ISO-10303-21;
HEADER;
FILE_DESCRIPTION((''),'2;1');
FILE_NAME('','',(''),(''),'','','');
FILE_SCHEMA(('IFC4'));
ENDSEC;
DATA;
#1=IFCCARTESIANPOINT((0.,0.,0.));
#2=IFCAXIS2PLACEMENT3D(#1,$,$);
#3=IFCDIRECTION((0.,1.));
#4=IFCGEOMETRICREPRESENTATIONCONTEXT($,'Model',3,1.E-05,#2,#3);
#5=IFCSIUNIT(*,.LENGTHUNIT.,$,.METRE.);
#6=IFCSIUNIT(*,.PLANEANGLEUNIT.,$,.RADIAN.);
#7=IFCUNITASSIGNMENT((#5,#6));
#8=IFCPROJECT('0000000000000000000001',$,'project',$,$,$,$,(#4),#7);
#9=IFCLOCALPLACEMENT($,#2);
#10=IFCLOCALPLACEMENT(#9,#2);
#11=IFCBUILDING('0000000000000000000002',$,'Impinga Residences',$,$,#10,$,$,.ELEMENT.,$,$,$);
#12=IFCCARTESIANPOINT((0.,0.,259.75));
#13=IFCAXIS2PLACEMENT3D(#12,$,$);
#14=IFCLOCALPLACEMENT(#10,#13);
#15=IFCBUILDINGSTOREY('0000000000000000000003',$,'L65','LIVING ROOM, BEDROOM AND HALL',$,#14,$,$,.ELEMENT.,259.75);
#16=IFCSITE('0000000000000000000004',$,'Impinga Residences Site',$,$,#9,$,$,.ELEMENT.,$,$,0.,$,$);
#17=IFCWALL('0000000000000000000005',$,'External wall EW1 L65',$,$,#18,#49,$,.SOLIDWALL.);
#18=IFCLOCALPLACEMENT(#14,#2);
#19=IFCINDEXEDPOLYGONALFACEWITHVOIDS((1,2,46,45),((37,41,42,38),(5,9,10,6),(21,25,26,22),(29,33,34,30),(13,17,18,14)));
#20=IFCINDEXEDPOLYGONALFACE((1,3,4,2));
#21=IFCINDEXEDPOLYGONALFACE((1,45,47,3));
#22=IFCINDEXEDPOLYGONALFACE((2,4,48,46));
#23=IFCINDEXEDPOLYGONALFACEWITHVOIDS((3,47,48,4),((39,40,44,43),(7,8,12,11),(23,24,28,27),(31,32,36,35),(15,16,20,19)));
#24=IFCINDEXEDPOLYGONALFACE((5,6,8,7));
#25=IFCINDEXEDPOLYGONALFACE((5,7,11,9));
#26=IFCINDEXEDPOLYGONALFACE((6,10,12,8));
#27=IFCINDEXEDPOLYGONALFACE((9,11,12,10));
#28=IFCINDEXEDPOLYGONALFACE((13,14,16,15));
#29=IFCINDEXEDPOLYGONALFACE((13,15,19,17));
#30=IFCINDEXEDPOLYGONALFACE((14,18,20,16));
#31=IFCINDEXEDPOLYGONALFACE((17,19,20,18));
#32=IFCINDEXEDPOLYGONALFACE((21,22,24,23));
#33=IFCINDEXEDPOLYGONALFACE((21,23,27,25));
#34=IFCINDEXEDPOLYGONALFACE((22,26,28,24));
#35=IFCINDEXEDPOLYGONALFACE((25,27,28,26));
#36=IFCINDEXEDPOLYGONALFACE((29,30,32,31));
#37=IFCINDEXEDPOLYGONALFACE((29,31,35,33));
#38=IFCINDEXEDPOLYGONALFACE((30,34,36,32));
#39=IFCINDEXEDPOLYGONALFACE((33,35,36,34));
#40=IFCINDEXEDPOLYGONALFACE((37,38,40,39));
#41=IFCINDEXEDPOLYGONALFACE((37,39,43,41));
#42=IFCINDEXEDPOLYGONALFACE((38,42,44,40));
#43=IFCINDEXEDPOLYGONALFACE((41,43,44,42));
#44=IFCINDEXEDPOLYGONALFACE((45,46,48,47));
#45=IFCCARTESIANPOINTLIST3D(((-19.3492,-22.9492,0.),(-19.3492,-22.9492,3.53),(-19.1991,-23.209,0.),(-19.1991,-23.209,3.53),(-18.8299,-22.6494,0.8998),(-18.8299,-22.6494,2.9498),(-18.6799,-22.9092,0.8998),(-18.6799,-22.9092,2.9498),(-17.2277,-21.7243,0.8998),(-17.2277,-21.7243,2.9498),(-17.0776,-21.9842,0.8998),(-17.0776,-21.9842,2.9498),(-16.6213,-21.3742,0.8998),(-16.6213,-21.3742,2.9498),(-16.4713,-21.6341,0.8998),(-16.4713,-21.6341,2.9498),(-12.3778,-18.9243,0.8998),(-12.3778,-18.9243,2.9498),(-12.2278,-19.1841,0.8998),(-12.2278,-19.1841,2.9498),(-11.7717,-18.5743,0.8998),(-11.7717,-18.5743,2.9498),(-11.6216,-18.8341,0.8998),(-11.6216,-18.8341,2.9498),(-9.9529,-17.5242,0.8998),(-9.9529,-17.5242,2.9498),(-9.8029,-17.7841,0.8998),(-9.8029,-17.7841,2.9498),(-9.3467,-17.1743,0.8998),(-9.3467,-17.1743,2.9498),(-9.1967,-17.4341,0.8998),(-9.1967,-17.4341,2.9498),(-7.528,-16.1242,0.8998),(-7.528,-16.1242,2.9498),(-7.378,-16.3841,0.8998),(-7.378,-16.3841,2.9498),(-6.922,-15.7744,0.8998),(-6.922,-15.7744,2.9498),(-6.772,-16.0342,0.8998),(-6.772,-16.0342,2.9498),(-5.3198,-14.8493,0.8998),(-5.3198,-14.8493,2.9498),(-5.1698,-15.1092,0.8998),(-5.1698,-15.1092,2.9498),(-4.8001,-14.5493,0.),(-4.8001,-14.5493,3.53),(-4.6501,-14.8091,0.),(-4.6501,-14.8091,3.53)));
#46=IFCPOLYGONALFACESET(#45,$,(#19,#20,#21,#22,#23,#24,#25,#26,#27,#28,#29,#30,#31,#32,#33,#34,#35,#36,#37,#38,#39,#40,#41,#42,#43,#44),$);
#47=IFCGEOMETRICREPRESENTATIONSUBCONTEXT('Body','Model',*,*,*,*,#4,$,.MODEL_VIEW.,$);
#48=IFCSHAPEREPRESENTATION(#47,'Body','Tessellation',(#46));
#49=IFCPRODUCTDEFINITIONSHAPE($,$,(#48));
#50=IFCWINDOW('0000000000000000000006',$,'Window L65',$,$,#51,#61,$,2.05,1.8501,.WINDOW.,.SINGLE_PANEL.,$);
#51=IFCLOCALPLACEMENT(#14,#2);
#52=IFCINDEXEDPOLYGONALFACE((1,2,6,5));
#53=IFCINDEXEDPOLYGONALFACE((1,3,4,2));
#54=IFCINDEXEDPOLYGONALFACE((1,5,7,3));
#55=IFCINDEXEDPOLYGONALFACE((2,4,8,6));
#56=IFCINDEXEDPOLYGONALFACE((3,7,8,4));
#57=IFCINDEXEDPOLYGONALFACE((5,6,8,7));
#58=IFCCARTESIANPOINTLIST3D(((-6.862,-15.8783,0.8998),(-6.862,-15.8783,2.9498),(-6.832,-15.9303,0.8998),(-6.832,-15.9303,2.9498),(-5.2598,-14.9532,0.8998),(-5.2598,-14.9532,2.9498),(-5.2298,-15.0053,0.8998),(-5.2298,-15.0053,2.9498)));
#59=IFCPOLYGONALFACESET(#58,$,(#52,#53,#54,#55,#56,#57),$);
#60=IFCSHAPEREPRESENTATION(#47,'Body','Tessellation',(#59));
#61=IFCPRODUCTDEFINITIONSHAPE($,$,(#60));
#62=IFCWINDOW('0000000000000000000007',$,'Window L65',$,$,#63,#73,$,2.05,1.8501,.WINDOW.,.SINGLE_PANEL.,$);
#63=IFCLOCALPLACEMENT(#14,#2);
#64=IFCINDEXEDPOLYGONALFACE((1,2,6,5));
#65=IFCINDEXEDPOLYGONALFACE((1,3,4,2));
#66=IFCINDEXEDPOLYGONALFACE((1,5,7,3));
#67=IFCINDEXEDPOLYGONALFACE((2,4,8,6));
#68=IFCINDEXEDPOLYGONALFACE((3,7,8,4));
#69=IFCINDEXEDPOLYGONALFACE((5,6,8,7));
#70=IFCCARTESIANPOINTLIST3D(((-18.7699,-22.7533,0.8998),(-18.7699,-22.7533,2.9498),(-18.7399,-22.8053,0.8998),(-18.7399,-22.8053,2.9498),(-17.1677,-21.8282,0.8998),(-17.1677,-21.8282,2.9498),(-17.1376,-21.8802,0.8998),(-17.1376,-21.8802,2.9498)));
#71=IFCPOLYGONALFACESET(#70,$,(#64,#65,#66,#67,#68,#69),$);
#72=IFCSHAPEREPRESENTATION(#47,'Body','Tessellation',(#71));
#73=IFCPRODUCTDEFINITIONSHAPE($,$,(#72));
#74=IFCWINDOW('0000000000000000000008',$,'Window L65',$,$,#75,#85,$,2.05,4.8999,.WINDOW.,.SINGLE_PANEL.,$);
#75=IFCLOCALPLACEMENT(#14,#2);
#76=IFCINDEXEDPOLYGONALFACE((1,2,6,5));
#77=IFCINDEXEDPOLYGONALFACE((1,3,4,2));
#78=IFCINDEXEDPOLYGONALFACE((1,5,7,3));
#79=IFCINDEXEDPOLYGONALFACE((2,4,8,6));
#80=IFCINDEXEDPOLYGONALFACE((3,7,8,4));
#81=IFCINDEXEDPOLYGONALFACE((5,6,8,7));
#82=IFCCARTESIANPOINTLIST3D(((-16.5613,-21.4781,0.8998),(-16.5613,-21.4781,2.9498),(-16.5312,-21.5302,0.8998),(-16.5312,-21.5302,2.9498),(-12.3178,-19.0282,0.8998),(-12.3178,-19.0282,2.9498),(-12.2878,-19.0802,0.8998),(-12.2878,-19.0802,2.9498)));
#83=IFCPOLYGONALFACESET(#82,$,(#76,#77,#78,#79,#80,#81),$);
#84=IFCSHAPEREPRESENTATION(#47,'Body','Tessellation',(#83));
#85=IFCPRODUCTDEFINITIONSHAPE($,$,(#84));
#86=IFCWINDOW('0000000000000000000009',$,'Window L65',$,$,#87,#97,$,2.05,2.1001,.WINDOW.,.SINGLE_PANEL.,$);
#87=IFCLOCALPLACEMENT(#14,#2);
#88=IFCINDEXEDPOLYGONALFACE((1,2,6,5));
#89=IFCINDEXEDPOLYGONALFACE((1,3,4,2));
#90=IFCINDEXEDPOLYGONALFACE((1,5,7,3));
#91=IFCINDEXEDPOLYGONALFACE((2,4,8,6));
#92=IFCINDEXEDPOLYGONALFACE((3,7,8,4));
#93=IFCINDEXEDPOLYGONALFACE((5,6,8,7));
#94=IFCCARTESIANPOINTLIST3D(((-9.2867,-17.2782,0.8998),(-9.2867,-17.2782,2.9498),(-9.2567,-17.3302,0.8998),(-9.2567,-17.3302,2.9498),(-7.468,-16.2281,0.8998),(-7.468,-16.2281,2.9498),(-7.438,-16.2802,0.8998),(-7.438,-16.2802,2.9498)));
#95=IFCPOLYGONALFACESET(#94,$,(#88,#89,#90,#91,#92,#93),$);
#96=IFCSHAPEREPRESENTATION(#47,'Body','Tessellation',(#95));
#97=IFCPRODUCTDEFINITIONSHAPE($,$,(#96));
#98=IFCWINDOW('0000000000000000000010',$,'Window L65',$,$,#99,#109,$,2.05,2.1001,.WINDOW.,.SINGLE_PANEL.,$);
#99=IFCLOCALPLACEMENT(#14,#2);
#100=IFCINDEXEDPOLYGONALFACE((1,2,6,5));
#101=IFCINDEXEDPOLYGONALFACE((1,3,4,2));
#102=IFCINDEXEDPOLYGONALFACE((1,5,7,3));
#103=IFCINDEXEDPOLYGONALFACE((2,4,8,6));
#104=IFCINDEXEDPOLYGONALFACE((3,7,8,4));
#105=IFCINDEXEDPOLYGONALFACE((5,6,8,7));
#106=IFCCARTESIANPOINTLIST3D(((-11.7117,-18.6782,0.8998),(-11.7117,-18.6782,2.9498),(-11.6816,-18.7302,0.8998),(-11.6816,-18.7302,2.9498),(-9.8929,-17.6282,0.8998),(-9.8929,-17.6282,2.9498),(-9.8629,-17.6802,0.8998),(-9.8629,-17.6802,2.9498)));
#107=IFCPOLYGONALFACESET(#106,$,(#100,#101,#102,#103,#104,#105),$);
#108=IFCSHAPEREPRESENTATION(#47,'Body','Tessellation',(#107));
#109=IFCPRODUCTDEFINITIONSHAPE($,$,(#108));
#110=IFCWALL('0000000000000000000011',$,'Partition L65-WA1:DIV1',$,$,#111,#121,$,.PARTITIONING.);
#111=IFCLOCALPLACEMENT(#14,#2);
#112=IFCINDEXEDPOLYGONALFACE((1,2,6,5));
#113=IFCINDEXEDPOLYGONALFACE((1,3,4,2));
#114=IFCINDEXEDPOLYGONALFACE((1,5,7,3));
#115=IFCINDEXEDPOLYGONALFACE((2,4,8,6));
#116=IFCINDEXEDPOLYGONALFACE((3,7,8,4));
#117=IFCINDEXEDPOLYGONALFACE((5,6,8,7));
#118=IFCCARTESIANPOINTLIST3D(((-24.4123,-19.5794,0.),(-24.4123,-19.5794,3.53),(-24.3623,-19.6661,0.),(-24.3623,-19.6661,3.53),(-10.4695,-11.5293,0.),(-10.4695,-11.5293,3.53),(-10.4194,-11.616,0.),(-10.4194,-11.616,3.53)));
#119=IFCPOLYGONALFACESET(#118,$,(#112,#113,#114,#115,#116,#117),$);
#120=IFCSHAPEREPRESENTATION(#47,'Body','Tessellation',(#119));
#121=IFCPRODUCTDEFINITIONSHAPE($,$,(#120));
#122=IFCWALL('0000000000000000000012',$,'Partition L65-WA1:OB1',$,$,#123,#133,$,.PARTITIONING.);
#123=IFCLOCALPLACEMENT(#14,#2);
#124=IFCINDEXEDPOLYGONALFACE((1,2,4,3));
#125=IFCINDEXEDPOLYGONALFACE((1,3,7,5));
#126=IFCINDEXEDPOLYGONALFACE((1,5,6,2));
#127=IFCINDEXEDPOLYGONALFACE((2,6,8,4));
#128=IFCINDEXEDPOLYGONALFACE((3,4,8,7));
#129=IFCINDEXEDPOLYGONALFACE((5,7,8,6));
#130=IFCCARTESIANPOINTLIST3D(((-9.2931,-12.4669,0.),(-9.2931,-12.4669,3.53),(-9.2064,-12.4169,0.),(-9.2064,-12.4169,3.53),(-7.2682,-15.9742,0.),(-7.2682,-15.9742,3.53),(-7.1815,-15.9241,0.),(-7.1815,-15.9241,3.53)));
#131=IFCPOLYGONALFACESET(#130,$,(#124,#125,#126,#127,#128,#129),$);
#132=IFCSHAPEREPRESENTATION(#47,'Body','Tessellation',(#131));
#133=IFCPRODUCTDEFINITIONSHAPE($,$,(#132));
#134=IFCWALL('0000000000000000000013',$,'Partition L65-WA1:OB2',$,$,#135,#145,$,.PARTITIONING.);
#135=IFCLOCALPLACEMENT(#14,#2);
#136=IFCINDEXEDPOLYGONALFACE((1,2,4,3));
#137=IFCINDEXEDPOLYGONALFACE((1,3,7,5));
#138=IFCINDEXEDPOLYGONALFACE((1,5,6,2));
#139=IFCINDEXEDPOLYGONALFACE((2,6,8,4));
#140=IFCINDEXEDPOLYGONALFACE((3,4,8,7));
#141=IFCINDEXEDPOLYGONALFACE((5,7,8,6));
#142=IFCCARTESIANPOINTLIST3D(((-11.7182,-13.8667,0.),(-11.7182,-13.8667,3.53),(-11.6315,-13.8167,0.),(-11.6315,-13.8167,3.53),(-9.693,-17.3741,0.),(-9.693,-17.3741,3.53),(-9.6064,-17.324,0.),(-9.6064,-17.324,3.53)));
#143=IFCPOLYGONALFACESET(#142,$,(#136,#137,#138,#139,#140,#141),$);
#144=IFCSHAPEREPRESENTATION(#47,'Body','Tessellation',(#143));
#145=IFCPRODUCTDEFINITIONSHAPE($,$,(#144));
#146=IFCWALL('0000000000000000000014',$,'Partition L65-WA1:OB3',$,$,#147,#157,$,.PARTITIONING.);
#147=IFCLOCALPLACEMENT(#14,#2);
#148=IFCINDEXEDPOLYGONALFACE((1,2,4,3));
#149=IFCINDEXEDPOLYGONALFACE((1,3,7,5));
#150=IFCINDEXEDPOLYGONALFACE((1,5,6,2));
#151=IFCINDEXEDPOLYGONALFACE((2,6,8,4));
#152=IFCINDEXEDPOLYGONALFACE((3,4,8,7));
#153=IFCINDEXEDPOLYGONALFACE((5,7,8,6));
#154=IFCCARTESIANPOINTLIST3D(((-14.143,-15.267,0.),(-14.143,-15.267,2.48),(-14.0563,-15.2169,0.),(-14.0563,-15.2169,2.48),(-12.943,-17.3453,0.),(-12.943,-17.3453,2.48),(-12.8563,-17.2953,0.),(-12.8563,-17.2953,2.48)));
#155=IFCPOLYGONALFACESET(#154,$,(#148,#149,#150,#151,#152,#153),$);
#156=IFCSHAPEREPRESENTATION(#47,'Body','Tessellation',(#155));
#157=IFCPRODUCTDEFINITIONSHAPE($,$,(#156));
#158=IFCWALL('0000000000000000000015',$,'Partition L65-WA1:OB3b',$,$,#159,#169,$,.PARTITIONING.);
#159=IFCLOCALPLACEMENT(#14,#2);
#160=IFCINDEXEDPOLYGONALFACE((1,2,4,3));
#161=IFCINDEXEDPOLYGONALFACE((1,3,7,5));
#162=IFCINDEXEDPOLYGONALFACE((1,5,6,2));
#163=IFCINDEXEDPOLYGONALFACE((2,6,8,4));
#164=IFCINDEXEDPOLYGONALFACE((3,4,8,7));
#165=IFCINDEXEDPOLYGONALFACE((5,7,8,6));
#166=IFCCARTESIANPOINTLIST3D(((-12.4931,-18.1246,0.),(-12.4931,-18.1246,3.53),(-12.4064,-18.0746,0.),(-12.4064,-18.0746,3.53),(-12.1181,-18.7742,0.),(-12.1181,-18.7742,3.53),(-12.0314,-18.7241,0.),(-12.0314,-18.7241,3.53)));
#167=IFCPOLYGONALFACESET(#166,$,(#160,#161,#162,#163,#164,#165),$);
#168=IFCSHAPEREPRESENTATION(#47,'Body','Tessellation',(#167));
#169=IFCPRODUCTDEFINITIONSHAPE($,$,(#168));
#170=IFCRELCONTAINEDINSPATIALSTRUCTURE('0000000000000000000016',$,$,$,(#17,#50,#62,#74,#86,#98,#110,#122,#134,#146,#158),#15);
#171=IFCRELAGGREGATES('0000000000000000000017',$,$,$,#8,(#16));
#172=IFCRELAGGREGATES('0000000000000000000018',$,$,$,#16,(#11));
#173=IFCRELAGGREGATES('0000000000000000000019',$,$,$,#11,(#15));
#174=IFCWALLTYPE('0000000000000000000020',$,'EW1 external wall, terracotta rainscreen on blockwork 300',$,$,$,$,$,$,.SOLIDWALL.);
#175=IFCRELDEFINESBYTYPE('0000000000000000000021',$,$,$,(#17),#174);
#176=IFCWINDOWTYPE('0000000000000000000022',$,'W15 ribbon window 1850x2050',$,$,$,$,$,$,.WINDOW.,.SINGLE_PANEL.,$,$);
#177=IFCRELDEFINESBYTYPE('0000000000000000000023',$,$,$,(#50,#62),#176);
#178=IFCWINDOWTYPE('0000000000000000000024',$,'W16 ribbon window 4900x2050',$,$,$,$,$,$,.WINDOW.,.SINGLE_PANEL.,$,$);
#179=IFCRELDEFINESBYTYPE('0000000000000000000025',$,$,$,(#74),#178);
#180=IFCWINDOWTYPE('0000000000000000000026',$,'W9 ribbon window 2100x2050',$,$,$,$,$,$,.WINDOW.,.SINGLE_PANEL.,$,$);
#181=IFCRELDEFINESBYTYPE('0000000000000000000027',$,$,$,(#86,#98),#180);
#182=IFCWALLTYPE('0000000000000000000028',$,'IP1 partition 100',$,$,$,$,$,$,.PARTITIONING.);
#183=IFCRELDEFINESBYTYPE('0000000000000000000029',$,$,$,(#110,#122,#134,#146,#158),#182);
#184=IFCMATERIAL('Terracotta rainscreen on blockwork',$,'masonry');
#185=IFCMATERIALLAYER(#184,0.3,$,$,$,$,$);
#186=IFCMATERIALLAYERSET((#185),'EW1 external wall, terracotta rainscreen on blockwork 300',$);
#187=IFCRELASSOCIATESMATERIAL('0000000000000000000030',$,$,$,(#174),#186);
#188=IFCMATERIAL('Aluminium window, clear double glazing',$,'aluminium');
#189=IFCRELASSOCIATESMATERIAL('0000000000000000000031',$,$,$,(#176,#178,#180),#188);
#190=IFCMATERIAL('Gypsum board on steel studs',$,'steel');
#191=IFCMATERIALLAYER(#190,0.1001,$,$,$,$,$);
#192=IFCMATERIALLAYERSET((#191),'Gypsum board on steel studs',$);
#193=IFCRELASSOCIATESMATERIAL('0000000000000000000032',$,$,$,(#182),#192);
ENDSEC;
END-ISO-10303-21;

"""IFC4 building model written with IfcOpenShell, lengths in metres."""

from ifc_helpers import new_model, si_unit, direction, frame, frame_2d, origin, place, context, subcontext, project, spatial, rectangle, extrude, material, layer, layer_set, type_object, element, fill, save


model = new_model("IFC4")

# Units and contexts
model_context = context("Model", 3, precision=1e-05, world=origin(), true_north=direction((0.0, 1.0)))
body_context = subcontext(model_context, "Body", "Model", "MODEL_VIEW")
ifc_project = project(units=[si_unit("LENGTHUNIT", "METRE"), si_unit("PLANEANGLEUNIT", "RADIAN")], contexts=[model_context])

# Site, building, storey
site_placement = place(None, origin())
site = spatial("IfcSite", under=ifc_project, at=site_placement, Name="Impinga Residences Site", CompositionType="ELEMENT", RefElevation=0.0)
building_placement = place(site_placement, origin())
building = spatial("IfcBuilding", under=site, at=building_placement, Name="Impinga Residences", CompositionType="ELEMENT")
storey_placement = place(building_placement, frame((0.0, 0.0, 259.75)))
storey = spatial("IfcBuildingStorey", under=building, at=storey_placement, Name="L65", Description="LIVING ROOM, BEDROOM AND HALL", CompositionType="ELEMENT", Elevation=259.75)

# Shared definitions
ifc_material_1 = material(Name="Terracotta rainscreen on blockwork", Category="masonry")
ifc_layer_1 = layer(ifc_material_1, 0.3)
ifc_layer_set_1 = layer_set([ifc_layer_1], Name="EW1 external wall, terracotta rainscreen on blockwork 300")
wall_type_1 = type_object("IfcWallType", Name="EW1 external wall, terracotta rainscreen on blockwork 300", PredefinedType="SOLIDWALL", material=ifc_layer_set_1)

# Wall, openings, windows
wall_1_placement = place(storey_placement, frame((-4.7251, -14.6792, 0.0), z_axis=(0.0, 0.0, 1.0), x_axis=(-0.866026, -0.5, 0.0)))
wall_1 = element("IfcWall", 1, at=wall_1_placement, inside=storey, type_object=wall_type_1, Name="External wall EW1 L65", PredefinedType="SOLIDWALL", context=body_context, shape_type="SweptSolid", body=[
    extrude(rectangle(XDim=16.7998, YDim=0.3, at=frame_2d((8.3999, 0.0))), origin(), (0.0, 0.0, 1.0), 3.53),
])
opening_1_placement = place(wall_1_placement, frame((0.6001, 0.0, 0.8999)))
opening_1 = element("IfcOpeningElement", 2, at=opening_1_placement, cuts=wall_1, PredefinedType="OPENING", context=body_context, shape_type="SweptSolid", body=[
    extrude(rectangle(XDim=1.8501, YDim=2.05, at=frame_2d((0.925, 1.0249))), frame((0.0, 0.1599, 0.0), z_axis=(0.0, -1.0, 0.0), x_axis=(1.0, 0.0, 0.0)), (0.0, 0.0, 1.0), 0.3201),
])
opening_2_placement = place(wall_1_placement, frame((3.1499, 0.0, 0.8999)))
opening_2 = element("IfcOpeningElement", 3, at=opening_2_placement, cuts=wall_1, PredefinedType="OPENING", context=body_context, shape_type="SweptSolid", body=[
    extrude(rectangle(XDim=2.1001, YDim=2.05, at=frame_2d((1.05, 1.0249))), frame((0.0, 0.1599, 0.0), z_axis=(0.0, -1.0, 0.0), x_axis=(1.0, 0.0, 0.0)), (0.0, 0.0, 1.0), 0.3201),
])
opening_3_placement = place(wall_1_placement, frame((5.95, 0.0, 0.8999)))
opening_3 = element("IfcOpeningElement", 4, at=opening_3_placement, cuts=wall_1, PredefinedType="OPENING", context=body_context, shape_type="SweptSolid", body=[
    extrude(rectangle(XDim=2.1001, YDim=2.05, at=frame_2d((1.05, 1.0249))), frame((0.0, 0.1599, 0.0), z_axis=(0.0, -1.0, 0.0), x_axis=(1.0, 0.0, 0.0)), (0.0, 0.0, 1.0), 0.3201),
])
opening_4_placement = place(wall_1_placement, frame((8.75, 0.0, 0.8999)))
opening_4 = element("IfcOpeningElement", 5, at=opening_4_placement, cuts=wall_1, PredefinedType="OPENING", context=body_context, shape_type="SweptSolid", body=[
    extrude(rectangle(XDim=4.8999, YDim=2.05, at=frame_2d((2.45, 1.0249))), frame((0.0, 0.1599, 0.0), z_axis=(0.0, -1.0, 0.0), x_axis=(1.0, 0.0, 0.0)), (0.0, 0.0, 1.0), 0.3201),
])
opening_5_placement = place(wall_1_placement, frame((14.3501, 0.0, 0.8999)))
opening_5 = element("IfcOpeningElement", 6, at=opening_5_placement, cuts=wall_1, PredefinedType="OPENING", context=body_context, shape_type="SweptSolid", body=[
    extrude(rectangle(XDim=1.8501, YDim=2.05, at=frame_2d((0.925, 1.0249))), frame((0.0, 0.1599, 0.0), z_axis=(0.0, -1.0, 0.0), x_axis=(1.0, 0.0, 0.0)), (0.0, 0.0, 1.0), 0.3201),
])
ifc_material_2 = material(Name="Aluminium window, clear double glazing", Category="aluminium")
window_type_1 = type_object("IfcWindowType", Name="W15 ribbon window 1850x2050", PartitioningType="SINGLE_PANEL", PredefinedType="WINDOW", material=ifc_material_2)
window_1_placement = place(opening_1_placement, origin())
window_1 = element("IfcWindow", 7, at=window_1_placement, inside=storey, type_object=window_type_1, Name="Window L65", OverallHeight=2.05, OverallWidth=1.8501, PartitioningType="SINGLE_PANEL", PredefinedType="WINDOW", context=body_context, shape_type="SweptSolid", body=[
    extrude(rectangle(XDim=1.8501, YDim=2.05, at=frame_2d((0.925, 1.0249))), frame((0.0, 0.03, 0.0), z_axis=(0.0, -1.0, 0.0), x_axis=(1.0, 0.0, 0.0)), (0.0, 0.0, 1.0), 0.0601),
])
fill(opening_1, window_1)
window_2_placement = place(opening_5_placement, origin())
window_2 = element("IfcWindow", 8, at=window_2_placement, inside=storey, type_object=window_type_1, Name="Window L65", OverallHeight=2.05, OverallWidth=1.8501, PartitioningType="SINGLE_PANEL", PredefinedType="WINDOW", context=body_context, shape_type="SweptSolid", body=[
    extrude(rectangle(XDim=1.8501, YDim=2.05, at=frame_2d((0.925, 1.0249))), frame((0.0, 0.03, 0.0), z_axis=(0.0, -1.0, 0.0), x_axis=(1.0, 0.0, 0.0)), (0.0, 0.0, 1.0), 0.0601),
])
fill(opening_5, window_2)
window_type_2 = type_object("IfcWindowType", Name="W16 ribbon window 4900x2050", PartitioningType="SINGLE_PANEL", PredefinedType="WINDOW", material=ifc_material_2)
window_3_placement = place(opening_4_placement, origin())
window_3 = element("IfcWindow", 9, at=window_3_placement, inside=storey, type_object=window_type_2, Name="Window L65", OverallHeight=2.05, OverallWidth=4.8999, PartitioningType="SINGLE_PANEL", PredefinedType="WINDOW", context=body_context, shape_type="SweptSolid", body=[
    extrude(rectangle(XDim=4.8999, YDim=2.05, at=frame_2d((2.45, 1.0249))), frame((0.0, 0.03, 0.0), z_axis=(0.0, -1.0, 0.0), x_axis=(1.0, 0.0, 0.0)), (0.0, 0.0, 1.0), 0.0601),
])
fill(opening_4, window_3)
window_type_3 = type_object("IfcWindowType", Name="W9 ribbon window 2100x2050", PartitioningType="SINGLE_PANEL", PredefinedType="WINDOW", material=ifc_material_2)
window_4_placement = place(opening_2_placement, origin())
window_4 = element("IfcWindow", 10, at=window_4_placement, inside=storey, type_object=window_type_3, Name="Window L65", OverallHeight=2.05, OverallWidth=2.1001, PartitioningType="SINGLE_PANEL", PredefinedType="WINDOW", context=body_context, shape_type="SweptSolid", body=[
    extrude(rectangle(XDim=2.1001, YDim=2.05, at=frame_2d((1.05, 1.0249))), frame((0.0, 0.03, 0.0), z_axis=(0.0, -1.0, 0.0), x_axis=(1.0, 0.0, 0.0)), (0.0, 0.0, 1.0), 0.0601),
])
fill(opening_2, window_4)
window_5_placement = place(opening_3_placement, origin())
window_5 = element("IfcWindow", 11, at=window_5_placement, inside=storey, type_object=window_type_3, Name="Window L65", OverallHeight=2.05, OverallWidth=2.1001, PartitioningType="SINGLE_PANEL", PredefinedType="WINDOW", context=body_context, shape_type="SweptSolid", body=[
    extrude(rectangle(XDim=2.1001, YDim=2.05, at=frame_2d((1.05, 1.0249))), frame((0.0, 0.03, 0.0), z_axis=(0.0, -1.0, 0.0), x_axis=(1.0, 0.0, 0.0)), (0.0, 0.0, 1.0), 0.0601),
])
fill(opening_3, window_5)

# Walls
ifc_material_3 = material(Name="Gypsum board on steel studs", Category="steel")
ifc_layer_2 = layer(ifc_material_3, 0.1001)
ifc_layer_set_2 = layer_set([ifc_layer_2], Name="Gypsum board on steel studs")
wall_type_2 = type_object("IfcWallType", Name="IP1 partition 100", PredefinedType="PARTITIONING", material=ifc_layer_set_2)
wall_2_placement = place(storey_placement, frame((-10.4446, -11.5728, 0.0), z_axis=(0.0, 0.0, 1.0), x_axis=(-0.866022, -0.500006, 0.0)))
element("IfcWall", 12, at=wall_2_placement, inside=storey, type_object=wall_type_2, Name="Partition L65-WA1:DIV1", PredefinedType="PARTITIONING", context=body_context, shape_type="SweptSolid", body=[
    extrude(rectangle(XDim=16.0999, YDim=0.1001, at=frame_2d((8.0498, 0.0))), origin(), (0.0, 0.0, 1.0), 3.53),
])
wall_3_placement = place(storey_placement, frame((-9.2498, -12.4419, 0.0), z_axis=(0.0, 0.0, 1.0), x_axis=(0.49999, -0.866031, 0.0)))
element("IfcWall", 13, at=wall_3_placement, inside=storey, type_object=wall_type_2, Name="Partition L65-WA1:OB1", PredefinedType="PARTITIONING", context=body_context, shape_type="SweptSolid", body=[
    extrude(rectangle(XDim=4.0498, YDim=0.1001, at=frame_2d((2.0249, 0.0))), origin(), (0.0, 0.0, 1.0), 3.53),
])
wall_4_placement = place(storey_placement, frame((-11.6748, -13.8418, 0.0), z_axis=(0.0, 0.0, 1.0), x_axis=(0.500036, -0.866005, 0.0)))
element("IfcWall", 14, at=wall_4_placement, inside=storey, type_object=wall_type_2, Name="Partition L65-WA1:OB2", PredefinedType="PARTITIONING", context=body_context, shape_type="SweptSolid", body=[
    extrude(rectangle(XDim=4.05, YDim=0.1001, at=frame_2d((2.0249, 0.0))), origin(), (0.0, 0.0, 1.0), 3.53),
])
wall_5_placement = place(storey_placement, frame((-14.0996, -15.2419, 0.0), z_axis=(0.0, 0.0, 1.0), x_axis=(0.500001, -0.866025, 0.0)))
element("IfcWall", 15, at=wall_5_placement, inside=storey, type_object=wall_type_2, Name="Partition L65-WA1:OB3", PredefinedType="PARTITIONING", context=body_context, shape_type="SweptSolid", body=[
    extrude(rectangle(XDim=2.3999, YDim=0.1001, at=frame_2d((1.2, 0.0))), origin(), (0.0, 0.0, 1.0), 2.48),
])
wall_6_placement = place(storey_placement, frame((-12.4497, -18.0996, 0.0), z_axis=(0.0, 0.0, 1.0), x_axis=(0.49992, -0.866072, 0.0)))
element("IfcWall", 16, at=wall_6_placement, inside=storey, type_object=wall_type_2, Name="Partition L65-WA1:OB3b", PredefinedType="PARTITIONING", context=body_context, shape_type="SweptSolid", body=[
    extrude(rectangle(XDim=0.75, YDim=0.1001, at=frame_2d((0.375, 0.0))), origin(), (0.0, 0.0, 1.0), 3.53),
])

save(model, "model.ifc")
